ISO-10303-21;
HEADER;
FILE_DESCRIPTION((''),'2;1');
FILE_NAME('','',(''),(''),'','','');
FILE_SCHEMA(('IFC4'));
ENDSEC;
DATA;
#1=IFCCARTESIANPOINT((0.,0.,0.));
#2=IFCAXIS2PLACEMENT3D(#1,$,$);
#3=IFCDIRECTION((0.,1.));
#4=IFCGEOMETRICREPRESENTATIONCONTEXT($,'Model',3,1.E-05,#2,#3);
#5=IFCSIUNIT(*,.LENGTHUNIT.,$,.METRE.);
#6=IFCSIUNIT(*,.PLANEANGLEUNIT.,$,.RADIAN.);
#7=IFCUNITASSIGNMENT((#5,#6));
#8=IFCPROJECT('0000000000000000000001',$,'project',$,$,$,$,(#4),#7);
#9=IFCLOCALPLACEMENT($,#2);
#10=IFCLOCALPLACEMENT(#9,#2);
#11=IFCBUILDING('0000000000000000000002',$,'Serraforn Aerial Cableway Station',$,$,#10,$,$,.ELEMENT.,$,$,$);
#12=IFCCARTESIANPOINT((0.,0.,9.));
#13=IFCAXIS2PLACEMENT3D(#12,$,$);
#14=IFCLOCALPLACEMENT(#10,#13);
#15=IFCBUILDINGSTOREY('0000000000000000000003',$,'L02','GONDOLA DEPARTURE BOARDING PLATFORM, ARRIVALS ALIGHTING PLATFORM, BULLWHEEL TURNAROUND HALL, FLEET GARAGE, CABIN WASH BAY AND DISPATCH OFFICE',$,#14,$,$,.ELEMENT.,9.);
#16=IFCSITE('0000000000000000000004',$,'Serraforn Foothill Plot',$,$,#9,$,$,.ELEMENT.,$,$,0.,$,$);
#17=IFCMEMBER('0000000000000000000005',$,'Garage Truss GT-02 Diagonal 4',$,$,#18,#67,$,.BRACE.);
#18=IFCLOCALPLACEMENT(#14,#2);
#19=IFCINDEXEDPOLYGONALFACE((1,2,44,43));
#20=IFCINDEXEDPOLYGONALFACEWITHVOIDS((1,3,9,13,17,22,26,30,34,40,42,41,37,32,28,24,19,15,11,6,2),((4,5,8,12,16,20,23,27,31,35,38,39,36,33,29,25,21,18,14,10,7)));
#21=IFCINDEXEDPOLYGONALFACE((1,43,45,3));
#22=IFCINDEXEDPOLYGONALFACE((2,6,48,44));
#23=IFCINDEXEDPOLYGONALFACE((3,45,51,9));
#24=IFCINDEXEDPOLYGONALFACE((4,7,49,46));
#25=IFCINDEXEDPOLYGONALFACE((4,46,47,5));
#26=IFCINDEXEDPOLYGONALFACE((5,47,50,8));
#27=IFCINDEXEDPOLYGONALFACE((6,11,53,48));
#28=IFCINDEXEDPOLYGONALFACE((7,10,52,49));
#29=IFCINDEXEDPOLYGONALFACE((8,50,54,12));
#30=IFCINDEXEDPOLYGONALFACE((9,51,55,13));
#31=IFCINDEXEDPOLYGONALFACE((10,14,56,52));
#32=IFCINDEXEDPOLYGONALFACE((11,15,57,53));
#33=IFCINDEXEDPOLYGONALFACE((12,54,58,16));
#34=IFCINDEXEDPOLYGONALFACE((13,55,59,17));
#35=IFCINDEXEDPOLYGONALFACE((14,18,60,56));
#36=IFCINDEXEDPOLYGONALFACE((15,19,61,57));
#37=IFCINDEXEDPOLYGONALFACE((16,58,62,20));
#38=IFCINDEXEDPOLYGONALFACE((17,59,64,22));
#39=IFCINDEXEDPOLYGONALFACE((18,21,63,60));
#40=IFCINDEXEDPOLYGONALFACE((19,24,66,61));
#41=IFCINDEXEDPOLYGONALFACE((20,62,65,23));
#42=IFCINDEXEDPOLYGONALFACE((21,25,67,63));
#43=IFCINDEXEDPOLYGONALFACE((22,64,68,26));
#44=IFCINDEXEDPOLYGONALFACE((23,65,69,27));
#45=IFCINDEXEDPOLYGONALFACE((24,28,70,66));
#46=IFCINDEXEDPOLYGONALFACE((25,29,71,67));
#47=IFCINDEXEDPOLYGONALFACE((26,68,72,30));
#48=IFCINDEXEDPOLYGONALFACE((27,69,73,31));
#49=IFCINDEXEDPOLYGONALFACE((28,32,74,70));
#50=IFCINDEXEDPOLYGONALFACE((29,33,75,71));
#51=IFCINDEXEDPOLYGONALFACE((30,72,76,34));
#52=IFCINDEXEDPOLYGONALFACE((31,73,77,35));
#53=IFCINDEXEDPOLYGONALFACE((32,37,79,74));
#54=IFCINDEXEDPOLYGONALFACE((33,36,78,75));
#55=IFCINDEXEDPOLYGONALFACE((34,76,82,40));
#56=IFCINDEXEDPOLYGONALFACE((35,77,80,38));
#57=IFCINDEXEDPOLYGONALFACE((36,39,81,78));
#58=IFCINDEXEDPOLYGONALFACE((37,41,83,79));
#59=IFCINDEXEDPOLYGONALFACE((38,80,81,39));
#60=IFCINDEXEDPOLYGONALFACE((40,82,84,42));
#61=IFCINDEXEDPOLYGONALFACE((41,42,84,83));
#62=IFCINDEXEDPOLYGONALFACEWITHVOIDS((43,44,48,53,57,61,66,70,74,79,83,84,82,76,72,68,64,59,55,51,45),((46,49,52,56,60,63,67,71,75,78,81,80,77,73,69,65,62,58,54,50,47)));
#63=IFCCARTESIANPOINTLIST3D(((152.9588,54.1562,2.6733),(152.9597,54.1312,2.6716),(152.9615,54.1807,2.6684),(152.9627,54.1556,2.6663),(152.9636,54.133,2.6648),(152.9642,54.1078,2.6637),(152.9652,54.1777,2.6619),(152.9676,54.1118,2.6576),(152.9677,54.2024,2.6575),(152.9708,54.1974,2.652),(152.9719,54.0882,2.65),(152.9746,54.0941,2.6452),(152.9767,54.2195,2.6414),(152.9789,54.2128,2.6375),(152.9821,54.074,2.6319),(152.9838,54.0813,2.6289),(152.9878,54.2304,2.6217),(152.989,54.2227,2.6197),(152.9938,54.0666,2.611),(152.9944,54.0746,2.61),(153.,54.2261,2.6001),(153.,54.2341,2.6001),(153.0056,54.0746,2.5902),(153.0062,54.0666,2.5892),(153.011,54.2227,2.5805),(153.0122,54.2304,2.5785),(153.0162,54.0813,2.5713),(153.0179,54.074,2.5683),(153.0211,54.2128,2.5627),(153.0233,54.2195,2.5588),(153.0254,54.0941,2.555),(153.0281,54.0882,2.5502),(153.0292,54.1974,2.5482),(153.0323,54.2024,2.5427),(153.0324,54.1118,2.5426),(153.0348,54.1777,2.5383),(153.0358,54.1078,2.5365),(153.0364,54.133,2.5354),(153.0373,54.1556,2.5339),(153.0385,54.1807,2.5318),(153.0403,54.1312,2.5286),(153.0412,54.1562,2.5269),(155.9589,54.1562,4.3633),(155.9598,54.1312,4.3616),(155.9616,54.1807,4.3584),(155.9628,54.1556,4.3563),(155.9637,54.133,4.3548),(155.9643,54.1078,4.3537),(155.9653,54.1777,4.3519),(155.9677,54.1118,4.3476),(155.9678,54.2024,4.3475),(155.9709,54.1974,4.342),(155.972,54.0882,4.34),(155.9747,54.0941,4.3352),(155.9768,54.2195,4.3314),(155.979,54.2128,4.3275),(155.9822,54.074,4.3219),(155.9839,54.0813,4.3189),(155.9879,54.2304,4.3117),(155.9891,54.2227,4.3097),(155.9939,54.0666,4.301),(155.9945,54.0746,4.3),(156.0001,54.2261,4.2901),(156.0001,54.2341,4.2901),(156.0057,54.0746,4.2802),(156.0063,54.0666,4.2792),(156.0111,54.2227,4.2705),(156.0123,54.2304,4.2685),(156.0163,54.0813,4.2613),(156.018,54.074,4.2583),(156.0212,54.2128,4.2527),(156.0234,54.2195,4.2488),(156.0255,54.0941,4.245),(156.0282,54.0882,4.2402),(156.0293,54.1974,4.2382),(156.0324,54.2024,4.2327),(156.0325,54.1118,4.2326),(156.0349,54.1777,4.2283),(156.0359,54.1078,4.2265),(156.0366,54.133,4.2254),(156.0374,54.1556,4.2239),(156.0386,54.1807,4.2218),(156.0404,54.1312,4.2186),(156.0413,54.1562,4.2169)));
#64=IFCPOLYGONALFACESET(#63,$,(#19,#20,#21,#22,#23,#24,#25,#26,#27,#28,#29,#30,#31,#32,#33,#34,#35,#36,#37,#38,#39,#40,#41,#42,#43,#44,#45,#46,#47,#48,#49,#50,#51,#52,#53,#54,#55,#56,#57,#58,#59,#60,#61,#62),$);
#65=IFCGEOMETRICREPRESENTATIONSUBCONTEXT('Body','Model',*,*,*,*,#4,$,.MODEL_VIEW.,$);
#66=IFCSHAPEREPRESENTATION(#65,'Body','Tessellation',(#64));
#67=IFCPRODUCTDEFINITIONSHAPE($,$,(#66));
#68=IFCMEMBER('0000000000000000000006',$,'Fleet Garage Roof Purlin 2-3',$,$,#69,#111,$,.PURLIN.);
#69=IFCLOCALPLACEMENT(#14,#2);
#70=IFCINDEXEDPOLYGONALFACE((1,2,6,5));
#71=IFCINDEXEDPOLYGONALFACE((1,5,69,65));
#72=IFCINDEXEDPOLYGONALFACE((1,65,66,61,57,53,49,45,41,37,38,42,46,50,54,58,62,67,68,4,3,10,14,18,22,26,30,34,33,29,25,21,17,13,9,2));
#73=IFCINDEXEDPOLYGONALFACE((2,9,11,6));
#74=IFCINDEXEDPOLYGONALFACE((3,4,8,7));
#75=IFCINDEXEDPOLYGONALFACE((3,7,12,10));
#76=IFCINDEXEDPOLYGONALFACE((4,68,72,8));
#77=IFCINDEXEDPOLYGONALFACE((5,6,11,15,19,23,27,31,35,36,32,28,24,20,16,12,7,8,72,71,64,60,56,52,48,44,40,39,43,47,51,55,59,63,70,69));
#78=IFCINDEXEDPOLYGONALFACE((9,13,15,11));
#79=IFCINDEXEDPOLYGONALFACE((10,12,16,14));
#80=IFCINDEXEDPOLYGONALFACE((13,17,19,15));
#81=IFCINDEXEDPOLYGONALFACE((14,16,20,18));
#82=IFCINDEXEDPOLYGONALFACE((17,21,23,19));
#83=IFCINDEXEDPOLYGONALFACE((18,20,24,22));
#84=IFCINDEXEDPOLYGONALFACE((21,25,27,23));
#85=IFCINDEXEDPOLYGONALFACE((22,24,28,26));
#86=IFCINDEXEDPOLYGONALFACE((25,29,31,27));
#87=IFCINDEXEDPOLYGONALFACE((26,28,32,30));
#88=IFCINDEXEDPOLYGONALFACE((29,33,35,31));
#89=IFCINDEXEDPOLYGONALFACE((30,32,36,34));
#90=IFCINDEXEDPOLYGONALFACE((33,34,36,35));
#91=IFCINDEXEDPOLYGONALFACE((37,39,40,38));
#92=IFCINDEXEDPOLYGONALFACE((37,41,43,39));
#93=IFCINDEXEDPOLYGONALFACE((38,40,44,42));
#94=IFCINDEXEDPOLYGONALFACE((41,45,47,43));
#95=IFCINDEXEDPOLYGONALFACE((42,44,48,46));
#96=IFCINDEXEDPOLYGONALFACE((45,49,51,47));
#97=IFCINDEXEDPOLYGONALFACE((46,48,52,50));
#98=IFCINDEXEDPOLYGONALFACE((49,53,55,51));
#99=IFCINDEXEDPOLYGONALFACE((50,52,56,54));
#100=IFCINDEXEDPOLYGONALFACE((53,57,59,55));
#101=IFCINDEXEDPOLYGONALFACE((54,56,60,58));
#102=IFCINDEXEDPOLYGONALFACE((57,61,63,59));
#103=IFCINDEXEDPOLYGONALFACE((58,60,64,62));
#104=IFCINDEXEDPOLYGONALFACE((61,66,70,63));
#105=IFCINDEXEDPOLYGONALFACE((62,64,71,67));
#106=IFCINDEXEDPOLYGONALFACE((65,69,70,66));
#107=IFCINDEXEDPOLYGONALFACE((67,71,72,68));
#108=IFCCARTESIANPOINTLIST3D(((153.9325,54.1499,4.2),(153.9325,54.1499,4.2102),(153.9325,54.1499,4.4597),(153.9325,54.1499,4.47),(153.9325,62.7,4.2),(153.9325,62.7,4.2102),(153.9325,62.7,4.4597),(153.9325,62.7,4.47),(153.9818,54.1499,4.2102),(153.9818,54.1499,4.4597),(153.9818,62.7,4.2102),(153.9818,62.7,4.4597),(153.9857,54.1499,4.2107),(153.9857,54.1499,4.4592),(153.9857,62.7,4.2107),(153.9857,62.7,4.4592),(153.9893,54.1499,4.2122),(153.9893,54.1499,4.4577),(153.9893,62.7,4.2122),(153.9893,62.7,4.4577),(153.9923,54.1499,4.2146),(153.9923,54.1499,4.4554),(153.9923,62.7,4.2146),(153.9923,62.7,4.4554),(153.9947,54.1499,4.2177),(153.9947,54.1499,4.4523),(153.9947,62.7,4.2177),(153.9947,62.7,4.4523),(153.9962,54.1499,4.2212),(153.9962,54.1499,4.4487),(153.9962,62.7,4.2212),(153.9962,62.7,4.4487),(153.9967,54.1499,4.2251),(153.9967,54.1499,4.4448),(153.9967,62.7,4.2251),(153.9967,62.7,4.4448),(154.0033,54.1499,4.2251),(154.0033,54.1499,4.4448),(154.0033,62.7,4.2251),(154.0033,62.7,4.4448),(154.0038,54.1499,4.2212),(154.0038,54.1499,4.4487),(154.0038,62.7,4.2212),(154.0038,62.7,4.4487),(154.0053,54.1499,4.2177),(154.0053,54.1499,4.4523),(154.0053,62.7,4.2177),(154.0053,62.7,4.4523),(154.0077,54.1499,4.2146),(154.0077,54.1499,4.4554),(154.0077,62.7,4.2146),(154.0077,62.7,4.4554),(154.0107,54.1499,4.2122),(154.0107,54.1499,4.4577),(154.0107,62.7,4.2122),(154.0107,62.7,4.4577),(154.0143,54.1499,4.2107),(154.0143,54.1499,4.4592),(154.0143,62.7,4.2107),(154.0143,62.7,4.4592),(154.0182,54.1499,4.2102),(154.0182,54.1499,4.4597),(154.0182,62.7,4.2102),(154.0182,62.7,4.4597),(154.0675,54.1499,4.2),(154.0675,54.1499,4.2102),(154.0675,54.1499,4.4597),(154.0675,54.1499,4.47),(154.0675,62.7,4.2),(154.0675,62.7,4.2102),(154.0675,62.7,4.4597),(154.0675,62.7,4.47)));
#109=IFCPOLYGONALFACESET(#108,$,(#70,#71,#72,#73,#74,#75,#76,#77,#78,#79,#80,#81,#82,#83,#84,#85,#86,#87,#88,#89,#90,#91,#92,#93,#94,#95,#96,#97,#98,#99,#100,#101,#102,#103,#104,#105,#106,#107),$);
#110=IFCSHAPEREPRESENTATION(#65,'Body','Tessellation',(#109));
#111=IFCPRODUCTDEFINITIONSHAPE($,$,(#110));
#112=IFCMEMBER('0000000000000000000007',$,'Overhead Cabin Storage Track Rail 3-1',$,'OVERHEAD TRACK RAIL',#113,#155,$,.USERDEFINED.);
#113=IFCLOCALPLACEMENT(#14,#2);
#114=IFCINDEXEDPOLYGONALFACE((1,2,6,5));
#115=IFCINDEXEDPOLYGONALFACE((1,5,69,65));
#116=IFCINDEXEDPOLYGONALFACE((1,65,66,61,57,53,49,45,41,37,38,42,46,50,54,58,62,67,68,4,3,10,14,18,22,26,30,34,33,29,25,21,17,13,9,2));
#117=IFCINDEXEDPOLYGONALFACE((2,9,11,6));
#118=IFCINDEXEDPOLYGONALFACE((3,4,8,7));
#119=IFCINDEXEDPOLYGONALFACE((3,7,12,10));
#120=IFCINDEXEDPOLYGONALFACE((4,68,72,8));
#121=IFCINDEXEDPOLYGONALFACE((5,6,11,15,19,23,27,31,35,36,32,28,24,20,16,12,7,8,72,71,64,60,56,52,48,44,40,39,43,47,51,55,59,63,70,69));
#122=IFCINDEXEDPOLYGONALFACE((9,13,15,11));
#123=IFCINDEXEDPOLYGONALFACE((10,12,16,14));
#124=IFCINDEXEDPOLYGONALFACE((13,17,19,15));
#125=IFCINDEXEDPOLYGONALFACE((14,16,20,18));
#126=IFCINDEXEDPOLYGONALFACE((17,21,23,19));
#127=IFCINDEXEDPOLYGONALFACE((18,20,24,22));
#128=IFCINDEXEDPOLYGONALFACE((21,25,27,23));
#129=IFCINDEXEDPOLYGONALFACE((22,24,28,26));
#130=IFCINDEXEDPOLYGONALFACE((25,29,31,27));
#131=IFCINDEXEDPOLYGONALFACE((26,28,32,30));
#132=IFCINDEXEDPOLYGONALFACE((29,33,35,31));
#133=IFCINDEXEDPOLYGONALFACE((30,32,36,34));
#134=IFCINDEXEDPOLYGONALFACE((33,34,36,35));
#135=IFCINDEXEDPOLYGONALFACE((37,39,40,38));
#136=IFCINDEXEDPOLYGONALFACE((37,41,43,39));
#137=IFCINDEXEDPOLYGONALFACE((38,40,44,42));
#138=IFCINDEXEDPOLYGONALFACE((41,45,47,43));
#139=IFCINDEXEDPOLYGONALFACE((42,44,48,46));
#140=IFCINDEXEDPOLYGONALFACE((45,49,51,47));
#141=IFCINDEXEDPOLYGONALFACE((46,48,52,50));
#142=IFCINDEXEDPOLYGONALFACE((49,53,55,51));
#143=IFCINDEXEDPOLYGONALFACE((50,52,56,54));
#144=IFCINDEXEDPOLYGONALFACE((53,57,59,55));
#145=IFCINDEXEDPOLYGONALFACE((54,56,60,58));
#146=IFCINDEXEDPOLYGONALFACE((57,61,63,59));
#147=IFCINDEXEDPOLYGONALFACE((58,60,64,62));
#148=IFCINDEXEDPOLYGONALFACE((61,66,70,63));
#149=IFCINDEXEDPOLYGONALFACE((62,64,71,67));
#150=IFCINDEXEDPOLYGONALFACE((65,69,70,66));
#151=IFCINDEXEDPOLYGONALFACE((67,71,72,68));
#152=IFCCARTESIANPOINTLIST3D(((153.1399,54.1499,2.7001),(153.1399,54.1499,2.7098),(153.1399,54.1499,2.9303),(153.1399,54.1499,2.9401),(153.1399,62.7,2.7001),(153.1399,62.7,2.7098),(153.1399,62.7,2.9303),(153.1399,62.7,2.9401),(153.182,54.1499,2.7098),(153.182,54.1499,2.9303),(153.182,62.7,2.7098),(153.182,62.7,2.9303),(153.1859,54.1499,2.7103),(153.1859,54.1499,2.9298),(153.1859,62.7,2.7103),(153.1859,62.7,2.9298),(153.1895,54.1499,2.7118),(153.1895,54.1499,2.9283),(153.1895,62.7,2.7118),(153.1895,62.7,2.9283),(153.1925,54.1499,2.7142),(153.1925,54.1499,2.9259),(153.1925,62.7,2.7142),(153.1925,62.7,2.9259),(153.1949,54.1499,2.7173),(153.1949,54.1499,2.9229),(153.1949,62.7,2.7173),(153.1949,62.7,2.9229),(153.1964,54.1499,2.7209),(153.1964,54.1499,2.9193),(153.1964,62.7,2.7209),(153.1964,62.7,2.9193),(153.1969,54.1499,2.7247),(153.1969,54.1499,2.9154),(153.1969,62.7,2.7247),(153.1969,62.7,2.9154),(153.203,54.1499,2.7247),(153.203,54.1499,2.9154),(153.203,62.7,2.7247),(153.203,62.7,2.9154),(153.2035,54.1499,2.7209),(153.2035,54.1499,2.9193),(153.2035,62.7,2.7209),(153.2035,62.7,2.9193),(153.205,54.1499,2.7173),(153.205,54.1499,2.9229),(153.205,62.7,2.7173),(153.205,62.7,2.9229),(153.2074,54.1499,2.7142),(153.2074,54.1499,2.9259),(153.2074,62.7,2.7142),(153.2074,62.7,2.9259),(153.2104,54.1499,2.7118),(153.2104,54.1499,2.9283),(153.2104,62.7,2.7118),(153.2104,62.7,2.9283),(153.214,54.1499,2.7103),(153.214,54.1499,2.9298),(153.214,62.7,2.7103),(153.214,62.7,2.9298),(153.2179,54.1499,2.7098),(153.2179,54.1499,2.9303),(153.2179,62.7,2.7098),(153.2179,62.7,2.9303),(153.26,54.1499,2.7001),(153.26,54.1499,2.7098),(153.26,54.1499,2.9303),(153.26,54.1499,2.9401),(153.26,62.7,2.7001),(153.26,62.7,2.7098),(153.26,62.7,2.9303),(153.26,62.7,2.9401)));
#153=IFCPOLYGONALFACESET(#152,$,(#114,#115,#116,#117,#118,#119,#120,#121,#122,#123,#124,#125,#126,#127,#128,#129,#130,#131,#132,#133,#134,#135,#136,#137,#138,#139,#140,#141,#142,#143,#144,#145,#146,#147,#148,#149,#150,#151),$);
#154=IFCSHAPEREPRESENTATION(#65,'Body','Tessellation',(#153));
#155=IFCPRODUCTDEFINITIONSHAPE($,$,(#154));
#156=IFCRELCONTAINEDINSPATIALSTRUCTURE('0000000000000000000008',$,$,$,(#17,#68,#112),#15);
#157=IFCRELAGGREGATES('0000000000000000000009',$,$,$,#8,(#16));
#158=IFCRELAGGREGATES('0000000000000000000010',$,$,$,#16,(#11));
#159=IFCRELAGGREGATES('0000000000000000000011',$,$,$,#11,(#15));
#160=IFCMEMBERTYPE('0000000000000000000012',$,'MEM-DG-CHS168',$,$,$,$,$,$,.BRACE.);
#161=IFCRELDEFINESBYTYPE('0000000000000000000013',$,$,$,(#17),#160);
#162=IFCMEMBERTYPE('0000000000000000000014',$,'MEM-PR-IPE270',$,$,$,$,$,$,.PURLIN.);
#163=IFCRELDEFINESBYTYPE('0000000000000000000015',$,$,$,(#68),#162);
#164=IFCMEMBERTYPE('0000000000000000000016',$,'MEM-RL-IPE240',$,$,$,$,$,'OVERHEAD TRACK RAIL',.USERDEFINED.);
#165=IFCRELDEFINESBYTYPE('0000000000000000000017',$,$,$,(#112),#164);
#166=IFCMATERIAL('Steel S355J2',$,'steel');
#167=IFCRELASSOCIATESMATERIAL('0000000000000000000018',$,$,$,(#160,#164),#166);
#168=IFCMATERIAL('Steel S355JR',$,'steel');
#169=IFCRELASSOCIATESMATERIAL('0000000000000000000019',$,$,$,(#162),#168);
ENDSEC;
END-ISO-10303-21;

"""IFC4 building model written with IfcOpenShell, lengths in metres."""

from ifc_helpers import new_model, si_unit, direction, frame, origin, origin_2d, place, context, subcontext, project, spatial, hollow_circle, i_section, extrude, material, material_profile, profile_set, type_object, element, save


model = new_model("IFC4")

# Units and contexts
model_context = context("Model", 3, precision=1e-05, world=origin(), true_north=direction((0.0, 1.0)))
body_context = subcontext(model_context, "Body", "Model", "MODEL_VIEW")
ifc_project = project(units=[si_unit("LENGTHUNIT", "METRE"), si_unit("PLANEANGLEUNIT", "RADIAN")], contexts=[model_context])

# Site, building, storey
site_placement = place(None, origin())
site = spatial("IfcSite", under=ifc_project, at=site_placement, Name="Serraforn Foothill Plot", CompositionType="ELEMENT", RefElevation=0.0)
building_placement = place(site_placement, origin())
building = spatial("IfcBuilding", under=site, at=building_placement, Name="Serraforn Aerial Cableway Station", CompositionType="ELEMENT")
storey_placement = place(building_placement, frame((0.0, 0.0, 9.0)))
storey = spatial("IfcBuildingStorey", under=building, at=storey_placement, Name="L02", Description="GONDOLA DEPARTURE BOARDING PLATFORM, ARRIVALS ALIGHTING PLATFORM, BULLWHEEL TURNAROUND HALL, FLEET GARAGE, CABIN WASH BAY AND DISPATCH OFFICE", CompositionType="ELEMENT", Elevation=9.0)

# Shared definitions
ifc_material_1 = material(Name="Steel S355JR", Category="steel")
ifc_material_2 = material(Name="Steel S355J2", Category="steel")

# Members
ifc_material_profile_1 = material_profile(ifc_material_2, hollow_circle(Radius=0.0842, WallThickness=0.0081, at=origin_2d()), Name="CHS 168.3x8.0")
ifc_profile_set_1 = profile_set([ifc_material_profile_1], Name="Steel S355J2")
member_type_1 = type_object("IfcMemberType", Name="MEM-DG-CHS168", PredefinedType="BRACE", material=ifc_profile_set_1)
for number, where, z_axis, x_axis, name in (
    (1, (153.0, 54.1499, 2.6001), (0.871272, 0.0, 0.4908), (0.0, 1.0, 0.0), "Garage Truss GT-02 Diagonal 4"),
):
    element("IfcMember", number, at=place(storey_placement, frame(where, z_axis=z_axis, x_axis=x_axis)), inside=storey, type_object=member_type_1, Name=name, PredefinedType="BRACE", context=body_context, shape_type="SweptSolid", body=[
        extrude(hollow_circle(Radius=0.0842, WallThickness=0.0081, at=origin_2d()), origin(), (0.0, 0.0, 1.0), 3.4434),
    ])
ifc_material_profile_2 = material_profile(ifc_material_1, i_section(OverallWidth=0.135, OverallDepth=0.27, WebThickness=0.0066, FlangeThickness=0.0103, FilletRadius=0.0149, at=origin_2d()), Name="IPE 270")
ifc_profile_set_2 = profile_set([ifc_material_profile_2], Name="Steel S355JR")
member_type_2 = type_object("IfcMemberType", Name="MEM-PR-IPE270", PredefinedType="PURLIN", material=ifc_profile_set_2)
member_1_placement = place(storey_placement, frame((154.0, 54.1499, 4.335), z_axis=(0.0, 1.0, 0.0), x_axis=(-1.0, 0.0, 0.0)))
element("IfcMember", 2, at=member_1_placement, inside=storey, type_object=member_type_2, Name="Fleet Garage Roof Purlin 2-3", PredefinedType="PURLIN", context=body_context, shape_type="SweptSolid", body=[
    extrude(i_section(OverallWidth=0.135, OverallDepth=0.27, WebThickness=0.0066, FlangeThickness=0.0103, FilletRadius=0.0149, at=origin_2d()), origin(), (0.0, 0.0, 1.0), 8.55),
])
ifc_material_profile_3 = material_profile(ifc_material_2, i_section(OverallWidth=0.1201, OverallDepth=0.24, WebThickness=0.0061, FlangeThickness=0.0098, FilletRadius=0.0149, at=origin_2d()), Name="IPE 240")
ifc_profile_set_3 = profile_set([ifc_material_profile_3], Name="Steel S355J2")
member_type_3 = type_object("IfcMemberType", Name="MEM-RL-IPE240", ElementType="OVERHEAD TRACK RAIL", PredefinedType="USERDEFINED", material=ifc_profile_set_3)
member_2_placement = place(storey_placement, frame((153.2, 54.1499, 2.8201), z_axis=(0.0, 1.0, 0.0), x_axis=(-1.0, 0.0, 0.0)))
element("IfcMember", 3, at=member_2_placement, inside=storey, type_object=member_type_3, Name="Overhead Cabin Storage Track Rail 3-1", ObjectType="OVERHEAD TRACK RAIL", PredefinedType="USERDEFINED", context=body_context, shape_type="SweptSolid", body=[
    extrude(i_section(OverallWidth=0.1201, OverallDepth=0.24, WebThickness=0.0061, FlangeThickness=0.0098, FilletRadius=0.0149, at=origin_2d()), origin(), (0.0, 0.0, 1.0), 8.55),
])

save(model, "model.ifc")
